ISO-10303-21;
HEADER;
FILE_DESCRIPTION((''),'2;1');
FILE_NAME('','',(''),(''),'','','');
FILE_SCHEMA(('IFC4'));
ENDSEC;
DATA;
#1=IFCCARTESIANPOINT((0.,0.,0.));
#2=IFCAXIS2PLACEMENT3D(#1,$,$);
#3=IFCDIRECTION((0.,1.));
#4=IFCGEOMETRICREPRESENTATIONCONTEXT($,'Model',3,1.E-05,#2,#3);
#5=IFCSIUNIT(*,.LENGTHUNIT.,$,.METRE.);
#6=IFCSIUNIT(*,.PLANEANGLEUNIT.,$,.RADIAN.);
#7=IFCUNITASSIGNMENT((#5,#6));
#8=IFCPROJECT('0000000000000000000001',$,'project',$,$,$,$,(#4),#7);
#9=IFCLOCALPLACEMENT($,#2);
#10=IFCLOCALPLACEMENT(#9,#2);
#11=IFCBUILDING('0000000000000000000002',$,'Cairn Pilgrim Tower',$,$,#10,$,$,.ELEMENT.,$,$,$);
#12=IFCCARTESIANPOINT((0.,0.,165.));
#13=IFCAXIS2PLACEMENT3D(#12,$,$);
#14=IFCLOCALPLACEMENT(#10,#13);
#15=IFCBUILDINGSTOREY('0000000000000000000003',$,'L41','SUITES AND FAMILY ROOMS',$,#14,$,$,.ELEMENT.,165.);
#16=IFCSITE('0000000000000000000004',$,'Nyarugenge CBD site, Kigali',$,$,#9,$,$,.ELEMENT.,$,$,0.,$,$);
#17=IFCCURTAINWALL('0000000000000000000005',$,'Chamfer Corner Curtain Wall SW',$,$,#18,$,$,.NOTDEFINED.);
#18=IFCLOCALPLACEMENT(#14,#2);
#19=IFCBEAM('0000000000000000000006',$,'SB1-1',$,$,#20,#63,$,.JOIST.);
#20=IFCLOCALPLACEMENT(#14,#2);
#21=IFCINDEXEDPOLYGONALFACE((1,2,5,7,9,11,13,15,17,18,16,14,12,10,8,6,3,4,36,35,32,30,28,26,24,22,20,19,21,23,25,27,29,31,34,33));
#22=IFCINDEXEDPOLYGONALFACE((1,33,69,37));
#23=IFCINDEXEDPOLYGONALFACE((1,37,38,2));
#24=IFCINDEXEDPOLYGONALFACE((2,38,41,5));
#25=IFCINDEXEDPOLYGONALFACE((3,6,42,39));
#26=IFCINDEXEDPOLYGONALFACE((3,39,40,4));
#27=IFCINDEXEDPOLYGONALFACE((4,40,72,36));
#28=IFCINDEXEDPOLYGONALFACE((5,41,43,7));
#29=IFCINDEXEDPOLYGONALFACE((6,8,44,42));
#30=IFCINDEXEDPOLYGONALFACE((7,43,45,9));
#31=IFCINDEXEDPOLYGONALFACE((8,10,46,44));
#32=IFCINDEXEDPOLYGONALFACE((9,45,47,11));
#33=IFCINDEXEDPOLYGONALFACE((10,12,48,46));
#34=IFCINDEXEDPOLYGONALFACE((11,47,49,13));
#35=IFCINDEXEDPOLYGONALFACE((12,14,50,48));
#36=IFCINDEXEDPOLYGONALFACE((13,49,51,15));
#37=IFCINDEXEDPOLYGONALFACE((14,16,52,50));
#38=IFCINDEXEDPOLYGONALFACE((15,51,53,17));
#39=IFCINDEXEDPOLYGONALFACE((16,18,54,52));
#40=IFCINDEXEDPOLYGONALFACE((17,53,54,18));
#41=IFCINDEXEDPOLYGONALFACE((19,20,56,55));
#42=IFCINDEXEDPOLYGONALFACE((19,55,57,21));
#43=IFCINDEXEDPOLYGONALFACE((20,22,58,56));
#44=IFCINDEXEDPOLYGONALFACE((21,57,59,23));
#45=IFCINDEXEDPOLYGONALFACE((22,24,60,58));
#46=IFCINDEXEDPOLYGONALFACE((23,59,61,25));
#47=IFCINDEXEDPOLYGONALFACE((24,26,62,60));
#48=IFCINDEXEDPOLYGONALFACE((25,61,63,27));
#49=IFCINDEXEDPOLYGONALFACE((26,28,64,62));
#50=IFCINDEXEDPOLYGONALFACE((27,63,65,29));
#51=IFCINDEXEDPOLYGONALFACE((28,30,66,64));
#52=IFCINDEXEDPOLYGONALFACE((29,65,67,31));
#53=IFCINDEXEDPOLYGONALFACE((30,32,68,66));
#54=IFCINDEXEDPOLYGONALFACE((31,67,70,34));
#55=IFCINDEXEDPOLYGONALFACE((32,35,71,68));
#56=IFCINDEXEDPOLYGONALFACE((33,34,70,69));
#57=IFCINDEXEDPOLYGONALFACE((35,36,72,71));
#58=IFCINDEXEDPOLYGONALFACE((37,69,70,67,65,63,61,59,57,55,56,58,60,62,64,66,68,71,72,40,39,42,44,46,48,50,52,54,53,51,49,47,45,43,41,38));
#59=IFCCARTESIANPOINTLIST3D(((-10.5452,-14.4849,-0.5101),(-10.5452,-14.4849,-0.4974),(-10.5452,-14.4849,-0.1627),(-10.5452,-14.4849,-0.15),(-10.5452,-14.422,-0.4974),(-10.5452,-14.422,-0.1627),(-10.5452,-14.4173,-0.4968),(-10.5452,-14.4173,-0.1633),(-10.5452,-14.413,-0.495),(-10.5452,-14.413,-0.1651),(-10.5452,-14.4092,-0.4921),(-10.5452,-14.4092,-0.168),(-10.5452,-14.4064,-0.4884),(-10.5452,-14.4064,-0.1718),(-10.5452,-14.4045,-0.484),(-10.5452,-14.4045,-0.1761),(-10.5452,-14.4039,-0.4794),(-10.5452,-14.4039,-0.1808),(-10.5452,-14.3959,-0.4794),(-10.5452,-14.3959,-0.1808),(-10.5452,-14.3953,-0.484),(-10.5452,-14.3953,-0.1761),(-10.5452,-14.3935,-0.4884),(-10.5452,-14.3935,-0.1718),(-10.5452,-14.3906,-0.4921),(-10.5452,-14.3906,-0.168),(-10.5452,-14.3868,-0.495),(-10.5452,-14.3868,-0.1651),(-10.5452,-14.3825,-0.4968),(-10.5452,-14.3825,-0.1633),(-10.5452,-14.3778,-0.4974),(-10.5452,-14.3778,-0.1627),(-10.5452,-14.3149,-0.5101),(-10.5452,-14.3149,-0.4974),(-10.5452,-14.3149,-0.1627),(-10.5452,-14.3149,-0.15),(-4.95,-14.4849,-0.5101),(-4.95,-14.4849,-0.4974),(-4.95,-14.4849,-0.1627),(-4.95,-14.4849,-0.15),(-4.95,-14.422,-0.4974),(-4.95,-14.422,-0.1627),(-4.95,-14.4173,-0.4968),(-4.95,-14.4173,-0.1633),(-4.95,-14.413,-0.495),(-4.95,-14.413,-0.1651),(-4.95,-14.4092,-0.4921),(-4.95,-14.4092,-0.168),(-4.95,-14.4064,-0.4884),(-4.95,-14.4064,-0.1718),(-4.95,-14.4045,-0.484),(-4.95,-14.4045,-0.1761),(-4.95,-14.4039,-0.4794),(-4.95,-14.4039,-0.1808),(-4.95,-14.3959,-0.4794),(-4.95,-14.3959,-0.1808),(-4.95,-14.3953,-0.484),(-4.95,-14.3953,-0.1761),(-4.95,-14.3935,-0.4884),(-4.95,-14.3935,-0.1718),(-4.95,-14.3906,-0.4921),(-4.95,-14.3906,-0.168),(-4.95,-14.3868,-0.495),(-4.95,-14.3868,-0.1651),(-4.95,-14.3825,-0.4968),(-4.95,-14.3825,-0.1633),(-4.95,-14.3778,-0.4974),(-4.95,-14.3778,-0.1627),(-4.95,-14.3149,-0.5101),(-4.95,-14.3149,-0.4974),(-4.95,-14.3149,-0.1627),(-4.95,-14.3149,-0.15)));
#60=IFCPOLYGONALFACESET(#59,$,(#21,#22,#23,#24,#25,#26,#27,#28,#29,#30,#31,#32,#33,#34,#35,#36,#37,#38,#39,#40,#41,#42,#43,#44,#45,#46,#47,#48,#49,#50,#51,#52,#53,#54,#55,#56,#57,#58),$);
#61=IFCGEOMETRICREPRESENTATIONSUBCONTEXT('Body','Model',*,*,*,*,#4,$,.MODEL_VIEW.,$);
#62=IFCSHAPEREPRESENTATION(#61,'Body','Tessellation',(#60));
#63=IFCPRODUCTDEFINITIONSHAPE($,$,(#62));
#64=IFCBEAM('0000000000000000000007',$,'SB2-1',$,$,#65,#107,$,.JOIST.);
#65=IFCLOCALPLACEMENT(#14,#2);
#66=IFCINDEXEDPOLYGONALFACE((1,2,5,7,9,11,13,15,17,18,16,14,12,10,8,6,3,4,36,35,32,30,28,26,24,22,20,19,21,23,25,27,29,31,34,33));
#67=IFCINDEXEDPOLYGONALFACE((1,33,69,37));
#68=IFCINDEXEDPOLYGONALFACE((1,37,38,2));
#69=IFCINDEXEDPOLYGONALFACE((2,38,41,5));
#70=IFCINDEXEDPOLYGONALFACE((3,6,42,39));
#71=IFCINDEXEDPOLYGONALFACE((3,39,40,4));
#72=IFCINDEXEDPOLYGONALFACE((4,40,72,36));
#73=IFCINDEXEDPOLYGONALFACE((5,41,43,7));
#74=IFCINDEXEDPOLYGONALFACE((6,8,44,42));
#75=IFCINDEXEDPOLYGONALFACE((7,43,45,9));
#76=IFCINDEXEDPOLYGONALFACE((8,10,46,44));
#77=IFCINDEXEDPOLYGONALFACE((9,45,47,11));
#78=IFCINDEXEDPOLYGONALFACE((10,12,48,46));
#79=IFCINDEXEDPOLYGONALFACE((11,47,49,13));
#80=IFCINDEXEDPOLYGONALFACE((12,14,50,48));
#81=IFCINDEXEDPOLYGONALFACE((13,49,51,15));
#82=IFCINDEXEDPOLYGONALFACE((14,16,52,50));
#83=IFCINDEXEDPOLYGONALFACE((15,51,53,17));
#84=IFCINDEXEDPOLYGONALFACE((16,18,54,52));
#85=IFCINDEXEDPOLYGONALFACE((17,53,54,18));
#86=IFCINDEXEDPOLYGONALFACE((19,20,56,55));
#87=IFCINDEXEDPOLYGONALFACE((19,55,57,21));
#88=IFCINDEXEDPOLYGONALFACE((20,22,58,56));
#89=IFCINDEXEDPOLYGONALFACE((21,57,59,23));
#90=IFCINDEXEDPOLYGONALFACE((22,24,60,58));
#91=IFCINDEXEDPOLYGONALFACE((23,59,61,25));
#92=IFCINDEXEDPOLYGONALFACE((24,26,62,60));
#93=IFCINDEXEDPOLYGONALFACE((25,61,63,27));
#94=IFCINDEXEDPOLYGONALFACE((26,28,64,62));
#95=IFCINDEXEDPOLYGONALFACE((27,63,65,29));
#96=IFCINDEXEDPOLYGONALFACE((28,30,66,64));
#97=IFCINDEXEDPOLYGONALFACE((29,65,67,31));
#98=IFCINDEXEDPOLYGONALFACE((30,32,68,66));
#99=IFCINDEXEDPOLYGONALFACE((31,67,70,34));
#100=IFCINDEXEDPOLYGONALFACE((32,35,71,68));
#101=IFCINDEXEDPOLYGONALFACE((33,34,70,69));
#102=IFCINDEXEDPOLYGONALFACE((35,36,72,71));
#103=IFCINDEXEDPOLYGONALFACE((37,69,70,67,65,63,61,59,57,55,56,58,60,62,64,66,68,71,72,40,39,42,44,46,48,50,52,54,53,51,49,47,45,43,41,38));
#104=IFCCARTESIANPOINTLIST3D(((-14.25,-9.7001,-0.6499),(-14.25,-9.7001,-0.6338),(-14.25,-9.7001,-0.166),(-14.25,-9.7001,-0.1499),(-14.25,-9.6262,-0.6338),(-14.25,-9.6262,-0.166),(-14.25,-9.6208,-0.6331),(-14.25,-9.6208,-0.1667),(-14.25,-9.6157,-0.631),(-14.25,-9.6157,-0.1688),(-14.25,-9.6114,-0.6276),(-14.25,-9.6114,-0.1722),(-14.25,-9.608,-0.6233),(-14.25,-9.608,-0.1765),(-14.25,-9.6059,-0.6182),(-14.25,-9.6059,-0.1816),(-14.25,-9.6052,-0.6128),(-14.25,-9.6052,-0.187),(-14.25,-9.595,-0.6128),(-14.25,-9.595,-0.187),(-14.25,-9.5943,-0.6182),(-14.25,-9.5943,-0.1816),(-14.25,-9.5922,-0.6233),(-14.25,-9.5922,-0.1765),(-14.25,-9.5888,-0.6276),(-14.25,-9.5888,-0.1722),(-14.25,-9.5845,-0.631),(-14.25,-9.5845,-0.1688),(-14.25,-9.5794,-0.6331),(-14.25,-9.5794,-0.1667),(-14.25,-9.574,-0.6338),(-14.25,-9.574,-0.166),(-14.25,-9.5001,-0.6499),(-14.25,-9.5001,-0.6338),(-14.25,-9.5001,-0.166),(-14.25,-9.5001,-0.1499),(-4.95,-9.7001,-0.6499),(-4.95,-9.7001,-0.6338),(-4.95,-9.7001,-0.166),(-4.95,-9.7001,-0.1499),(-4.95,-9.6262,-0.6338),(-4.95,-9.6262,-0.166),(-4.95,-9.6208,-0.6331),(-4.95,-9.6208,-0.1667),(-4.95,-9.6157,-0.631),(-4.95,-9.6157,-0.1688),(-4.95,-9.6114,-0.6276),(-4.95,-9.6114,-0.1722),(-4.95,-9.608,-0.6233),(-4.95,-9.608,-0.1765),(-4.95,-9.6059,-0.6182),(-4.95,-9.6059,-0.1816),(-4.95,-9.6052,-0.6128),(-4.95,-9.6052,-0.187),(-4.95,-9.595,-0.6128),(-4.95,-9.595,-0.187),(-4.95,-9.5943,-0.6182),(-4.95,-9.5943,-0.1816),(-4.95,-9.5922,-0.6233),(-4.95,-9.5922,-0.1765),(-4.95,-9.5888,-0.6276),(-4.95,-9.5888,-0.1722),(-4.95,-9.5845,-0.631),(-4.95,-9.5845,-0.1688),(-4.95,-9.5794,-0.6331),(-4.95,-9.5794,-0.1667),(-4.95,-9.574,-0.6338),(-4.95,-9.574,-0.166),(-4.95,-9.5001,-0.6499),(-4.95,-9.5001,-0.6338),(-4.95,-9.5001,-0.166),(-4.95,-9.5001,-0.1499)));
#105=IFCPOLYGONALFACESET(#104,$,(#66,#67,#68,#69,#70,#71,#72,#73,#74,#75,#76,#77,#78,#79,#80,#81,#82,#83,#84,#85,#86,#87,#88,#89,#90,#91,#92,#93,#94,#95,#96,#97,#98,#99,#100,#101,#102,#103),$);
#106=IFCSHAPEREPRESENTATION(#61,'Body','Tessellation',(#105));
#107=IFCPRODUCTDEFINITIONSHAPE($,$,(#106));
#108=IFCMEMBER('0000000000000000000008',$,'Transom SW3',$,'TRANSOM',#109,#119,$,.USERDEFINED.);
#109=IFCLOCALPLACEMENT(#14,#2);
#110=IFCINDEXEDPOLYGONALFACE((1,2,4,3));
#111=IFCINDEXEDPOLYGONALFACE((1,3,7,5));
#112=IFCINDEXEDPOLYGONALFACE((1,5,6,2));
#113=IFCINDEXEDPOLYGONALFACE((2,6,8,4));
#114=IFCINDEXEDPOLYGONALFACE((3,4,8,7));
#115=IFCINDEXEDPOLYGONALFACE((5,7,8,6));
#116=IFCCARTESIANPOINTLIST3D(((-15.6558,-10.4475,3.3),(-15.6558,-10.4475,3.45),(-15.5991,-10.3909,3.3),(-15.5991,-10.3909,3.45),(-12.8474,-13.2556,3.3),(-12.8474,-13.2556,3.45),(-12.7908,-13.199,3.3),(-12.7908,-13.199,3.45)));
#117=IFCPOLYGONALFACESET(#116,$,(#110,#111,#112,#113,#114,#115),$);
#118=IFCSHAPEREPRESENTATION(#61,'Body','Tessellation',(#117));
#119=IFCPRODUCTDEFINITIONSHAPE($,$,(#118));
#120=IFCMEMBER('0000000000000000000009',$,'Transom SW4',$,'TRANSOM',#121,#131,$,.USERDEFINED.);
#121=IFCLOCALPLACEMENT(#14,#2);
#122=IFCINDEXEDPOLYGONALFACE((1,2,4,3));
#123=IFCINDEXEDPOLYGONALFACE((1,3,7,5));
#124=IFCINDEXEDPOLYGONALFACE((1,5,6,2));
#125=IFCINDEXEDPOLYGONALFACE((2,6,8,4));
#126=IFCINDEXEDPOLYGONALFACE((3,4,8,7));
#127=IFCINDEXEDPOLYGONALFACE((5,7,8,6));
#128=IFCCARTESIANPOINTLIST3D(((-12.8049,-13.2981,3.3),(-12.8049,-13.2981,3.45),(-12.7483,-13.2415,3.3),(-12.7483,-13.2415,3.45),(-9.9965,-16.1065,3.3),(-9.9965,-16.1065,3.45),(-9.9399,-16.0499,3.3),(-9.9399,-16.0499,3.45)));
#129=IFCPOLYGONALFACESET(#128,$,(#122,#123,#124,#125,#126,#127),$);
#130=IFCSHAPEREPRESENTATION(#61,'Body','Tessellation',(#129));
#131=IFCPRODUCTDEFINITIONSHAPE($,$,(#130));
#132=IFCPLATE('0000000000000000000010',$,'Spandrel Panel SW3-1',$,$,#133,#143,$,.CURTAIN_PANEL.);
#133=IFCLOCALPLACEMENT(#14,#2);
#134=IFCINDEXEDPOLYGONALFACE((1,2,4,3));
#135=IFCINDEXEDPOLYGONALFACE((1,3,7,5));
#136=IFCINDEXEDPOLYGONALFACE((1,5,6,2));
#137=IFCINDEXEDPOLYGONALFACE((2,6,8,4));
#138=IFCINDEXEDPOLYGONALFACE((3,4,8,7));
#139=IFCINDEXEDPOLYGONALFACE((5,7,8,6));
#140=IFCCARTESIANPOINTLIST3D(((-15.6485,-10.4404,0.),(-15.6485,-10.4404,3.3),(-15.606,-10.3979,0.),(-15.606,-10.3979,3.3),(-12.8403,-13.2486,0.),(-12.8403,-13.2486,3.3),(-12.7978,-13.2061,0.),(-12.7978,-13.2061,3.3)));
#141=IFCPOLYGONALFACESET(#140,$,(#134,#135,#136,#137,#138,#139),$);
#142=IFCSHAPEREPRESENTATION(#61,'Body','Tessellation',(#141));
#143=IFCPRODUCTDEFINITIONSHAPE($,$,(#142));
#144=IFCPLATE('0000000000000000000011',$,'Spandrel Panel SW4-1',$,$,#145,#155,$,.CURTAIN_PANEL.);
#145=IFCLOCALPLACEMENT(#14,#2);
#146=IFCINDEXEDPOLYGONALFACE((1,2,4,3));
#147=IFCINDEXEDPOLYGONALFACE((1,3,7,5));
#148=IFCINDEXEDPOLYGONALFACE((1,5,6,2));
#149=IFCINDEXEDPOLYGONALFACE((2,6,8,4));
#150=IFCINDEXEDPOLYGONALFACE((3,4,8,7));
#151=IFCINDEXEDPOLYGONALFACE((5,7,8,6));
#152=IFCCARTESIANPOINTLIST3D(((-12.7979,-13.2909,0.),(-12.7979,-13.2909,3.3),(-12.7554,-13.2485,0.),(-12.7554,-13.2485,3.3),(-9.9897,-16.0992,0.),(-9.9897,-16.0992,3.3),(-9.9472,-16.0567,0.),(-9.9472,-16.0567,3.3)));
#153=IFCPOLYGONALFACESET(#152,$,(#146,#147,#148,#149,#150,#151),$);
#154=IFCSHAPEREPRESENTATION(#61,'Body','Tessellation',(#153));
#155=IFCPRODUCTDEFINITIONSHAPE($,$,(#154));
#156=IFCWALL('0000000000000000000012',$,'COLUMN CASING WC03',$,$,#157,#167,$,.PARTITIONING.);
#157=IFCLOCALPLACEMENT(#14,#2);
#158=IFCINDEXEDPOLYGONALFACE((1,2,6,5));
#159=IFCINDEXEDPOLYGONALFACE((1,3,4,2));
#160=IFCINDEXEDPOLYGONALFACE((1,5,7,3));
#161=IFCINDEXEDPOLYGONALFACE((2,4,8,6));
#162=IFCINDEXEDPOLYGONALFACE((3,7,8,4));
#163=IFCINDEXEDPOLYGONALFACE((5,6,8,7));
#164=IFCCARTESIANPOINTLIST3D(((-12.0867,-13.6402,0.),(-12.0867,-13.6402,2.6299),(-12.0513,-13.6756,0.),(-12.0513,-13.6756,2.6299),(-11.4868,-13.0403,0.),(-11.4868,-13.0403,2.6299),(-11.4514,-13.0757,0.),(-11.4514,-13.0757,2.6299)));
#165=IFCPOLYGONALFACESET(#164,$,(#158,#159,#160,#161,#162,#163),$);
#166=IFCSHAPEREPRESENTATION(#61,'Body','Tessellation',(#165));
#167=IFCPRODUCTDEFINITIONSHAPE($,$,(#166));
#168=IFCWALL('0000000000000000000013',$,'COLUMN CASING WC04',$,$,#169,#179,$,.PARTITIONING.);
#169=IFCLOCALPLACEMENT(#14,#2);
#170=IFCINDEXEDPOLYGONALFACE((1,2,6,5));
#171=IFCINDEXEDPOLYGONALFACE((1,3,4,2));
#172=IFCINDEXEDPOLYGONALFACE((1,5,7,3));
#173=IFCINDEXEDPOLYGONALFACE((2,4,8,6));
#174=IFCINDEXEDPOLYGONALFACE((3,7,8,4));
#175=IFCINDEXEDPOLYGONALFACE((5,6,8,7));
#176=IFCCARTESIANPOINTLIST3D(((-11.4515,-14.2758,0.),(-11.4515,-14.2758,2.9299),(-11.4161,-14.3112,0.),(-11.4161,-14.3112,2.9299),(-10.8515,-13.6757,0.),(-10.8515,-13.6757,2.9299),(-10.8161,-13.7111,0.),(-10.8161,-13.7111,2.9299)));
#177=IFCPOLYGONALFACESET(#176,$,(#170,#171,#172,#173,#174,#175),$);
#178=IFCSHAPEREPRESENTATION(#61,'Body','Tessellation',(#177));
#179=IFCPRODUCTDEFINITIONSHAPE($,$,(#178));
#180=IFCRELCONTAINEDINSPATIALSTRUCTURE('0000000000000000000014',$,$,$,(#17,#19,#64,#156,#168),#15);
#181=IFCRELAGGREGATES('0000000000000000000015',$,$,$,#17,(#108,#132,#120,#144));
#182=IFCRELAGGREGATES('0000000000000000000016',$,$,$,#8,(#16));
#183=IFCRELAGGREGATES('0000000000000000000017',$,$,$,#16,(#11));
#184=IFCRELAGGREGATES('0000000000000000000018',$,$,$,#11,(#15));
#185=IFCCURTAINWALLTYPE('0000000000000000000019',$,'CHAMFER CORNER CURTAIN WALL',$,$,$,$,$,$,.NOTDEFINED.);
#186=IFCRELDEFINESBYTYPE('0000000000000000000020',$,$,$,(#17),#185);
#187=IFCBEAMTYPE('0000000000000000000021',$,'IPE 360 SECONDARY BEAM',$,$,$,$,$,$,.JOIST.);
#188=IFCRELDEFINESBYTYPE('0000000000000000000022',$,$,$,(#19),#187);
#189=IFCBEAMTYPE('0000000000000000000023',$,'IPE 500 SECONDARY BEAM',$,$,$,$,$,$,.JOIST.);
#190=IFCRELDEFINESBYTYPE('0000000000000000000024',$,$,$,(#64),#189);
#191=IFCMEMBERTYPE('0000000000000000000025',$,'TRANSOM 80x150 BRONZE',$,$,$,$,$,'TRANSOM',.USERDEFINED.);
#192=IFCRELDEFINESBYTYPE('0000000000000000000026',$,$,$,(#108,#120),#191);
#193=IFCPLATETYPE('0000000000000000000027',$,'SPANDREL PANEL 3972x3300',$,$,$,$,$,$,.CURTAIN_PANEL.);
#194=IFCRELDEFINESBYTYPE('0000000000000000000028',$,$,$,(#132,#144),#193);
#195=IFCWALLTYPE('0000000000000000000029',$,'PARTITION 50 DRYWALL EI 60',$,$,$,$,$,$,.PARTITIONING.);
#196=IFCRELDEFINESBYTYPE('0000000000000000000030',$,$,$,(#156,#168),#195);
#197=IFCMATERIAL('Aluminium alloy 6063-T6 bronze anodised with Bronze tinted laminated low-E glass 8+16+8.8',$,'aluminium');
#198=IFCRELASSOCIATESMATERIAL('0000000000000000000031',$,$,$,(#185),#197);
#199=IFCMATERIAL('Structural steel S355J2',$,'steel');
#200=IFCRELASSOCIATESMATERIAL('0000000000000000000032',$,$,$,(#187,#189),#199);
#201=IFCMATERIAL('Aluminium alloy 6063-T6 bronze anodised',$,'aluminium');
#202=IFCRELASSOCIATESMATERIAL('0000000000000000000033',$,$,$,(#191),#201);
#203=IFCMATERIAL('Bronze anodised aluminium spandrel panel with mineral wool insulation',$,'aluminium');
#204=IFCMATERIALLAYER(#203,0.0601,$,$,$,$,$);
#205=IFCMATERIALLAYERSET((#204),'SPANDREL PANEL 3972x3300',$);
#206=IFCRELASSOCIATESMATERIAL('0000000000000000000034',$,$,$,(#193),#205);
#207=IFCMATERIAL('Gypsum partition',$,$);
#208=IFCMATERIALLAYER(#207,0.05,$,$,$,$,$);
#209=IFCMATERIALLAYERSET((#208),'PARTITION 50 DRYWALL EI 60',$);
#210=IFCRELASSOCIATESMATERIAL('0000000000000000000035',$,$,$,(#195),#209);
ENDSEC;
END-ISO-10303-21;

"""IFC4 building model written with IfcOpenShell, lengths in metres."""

from ifc_helpers import new_model, si_unit, direction, frame, frame_2d, origin, origin_2d, place, context, subcontext, project, spatial, rectangle, i_section, extrude, material, layer, layer_set, material_profile, profile_set, type_object, element, aggregate, save


model = new_model("IFC4")

# Units and contexts
model_context = context("Model", 3, precision=1e-05, world=origin(), true_north=direction((0.0, 1.0)))
body_context = subcontext(model_context, "Body", "Model", "MODEL_VIEW")
ifc_project = project(units=[si_unit("LENGTHUNIT", "METRE"), si_unit("PLANEANGLEUNIT", "RADIAN")], contexts=[model_context])

# Site, building, storey
site_placement = place(None, origin())
site = spatial("IfcSite", under=ifc_project, at=site_placement, Name="Nyarugenge CBD site, Kigali", CompositionType="ELEMENT", RefElevation=0.0)
building_placement = place(site_placement, origin())
building = spatial("IfcBuilding", under=site, at=building_placement, Name="Cairn Pilgrim Tower", CompositionType="ELEMENT")
storey_placement = place(building_placement, frame((0.0, 0.0, 165.0)))
storey = spatial("IfcBuildingStorey", under=building, at=storey_placement, Name="L41", Description="SUITES AND FAMILY ROOMS", CompositionType="ELEMENT", Elevation=165.0)

# Shared definitions
ifc_material_1 = material(Name="Structural steel S355J2", Category="steel")

# Shared definitions
ifc_material_2 = material(Name="Aluminium alloy 6063-T6 bronze anodised with Bronze tinted laminated low-E glass 8+16+8.8", Category="aluminium")
ifc_material_3 = material(Name="Aluminium alloy 6063-T6 bronze anodised", Category="aluminium")

# Curtain wall
curtain_wall_type_1 = type_object("IfcCurtainWallType", Name="CHAMFER CORNER CURTAIN WALL", PredefinedType="NOTDEFINED", material=ifc_material_2)
curtain_wall_1_placement = place(storey_placement, origin())
curtain_wall_1 = element("IfcCurtainWall", 1, at=curtain_wall_1_placement, inside=storey, type_object=curtain_wall_type_1, Name="Chamfer Corner Curtain Wall SW", PredefinedType="NOTDEFINED")

# Beams
ifc_material_profile_1 = material_profile(ifc_material_1, i_section(OverallWidth=0.1699, OverallDepth=0.3601, WebThickness=0.0081, FlangeThickness=0.0127, FilletRadius=0.0181, at=origin_2d()), Name="IPE 360")
ifc_profile_set_1 = profile_set([ifc_material_profile_1], Name="Structural steel S355J2")
beam_type_1 = type_object("IfcBeamType", Name="IPE 360 SECONDARY BEAM", PredefinedType="JOIST", material=ifc_profile_set_1)
beam_1_placement = place(storey_placement, frame((-10.5452, -14.3999, -0.3301), z_axis=(1.0, 0.0, 0.0), x_axis=(0.0, 1.0, 0.0)))
element("IfcBeam", 2, at=beam_1_placement, inside=storey, type_object=beam_type_1, Name="SB1-1", PredefinedType="JOIST", context=body_context, shape_type="SweptSolid", body=[
    extrude(i_section(OverallWidth=0.1699, OverallDepth=0.3601, WebThickness=0.0081, FlangeThickness=0.0127, FilletRadius=0.0181, at=origin_2d()), origin(), (0.0, 0.0, 1.0), 5.5952),
])
ifc_material_profile_2 = material_profile(ifc_material_1, i_section(OverallWidth=0.2, OverallDepth=0.5, WebThickness=0.0103, FlangeThickness=0.0161, FilletRadius=0.021, at=origin_2d()), Name="IPE 500")
ifc_profile_set_2 = profile_set([ifc_material_profile_2], Name="Structural steel S355J2")
beam_type_2 = type_object("IfcBeamType", Name="IPE 500 SECONDARY BEAM", PredefinedType="JOIST", material=ifc_profile_set_2)
beam_2_placement = place(storey_placement, frame((-14.25, -9.6001, -0.3999), z_axis=(1.0, 0.0, 0.0), x_axis=(0.0, 1.0, 0.0)))
element("IfcBeam", 3, at=beam_2_placement, inside=storey, type_object=beam_type_2, Name="SB2-1", PredefinedType="JOIST", context=body_context, shape_type="SweptSolid", body=[
    extrude(i_section(OverallWidth=0.2, OverallDepth=0.5, WebThickness=0.0103, FlangeThickness=0.0161, FilletRadius=0.021, at=origin_2d()), origin(), (0.0, 0.0, 1.0), 9.3),
])

# Members
ifc_material_profile_3 = material_profile(ifc_material_3, rectangle(XDim=0.0801, YDim=0.1499, at=origin_2d()), Name="TRANSOM 80x150 BRONZE")
ifc_profile_set_3 = profile_set([ifc_material_profile_3], Name="Aluminium alloy 6063-T6 bronze anodised")
member_type_1 = type_object("IfcMemberType", Name="TRANSOM 80x150 BRONZE", ElementType="TRANSOM", PredefinedType="USERDEFINED", material=ifc_profile_set_3)
member_1_placement = place(storey_placement, frame((-15.6274, -10.4192, 3.375), z_axis=(0.707138, -0.707076, 0.0), x_axis=(0.707076, 0.707138, 0.0)))
member_1 = element("IfcMember", 4, at=member_1_placement, type_object=member_type_1, Name="Transom SW3", ObjectType="TRANSOM", PredefinedType="USERDEFINED", context=body_context, shape_type="SweptSolid", body=[
    extrude(rectangle(XDim=0.0801, YDim=0.1499, at=origin_2d()), origin(), (0.0, 0.0, 1.0), 3.9714),
])
member_2_placement = place(storey_placement, frame((-12.7766, -13.2698, 3.375), z_axis=(0.707107, -0.707107, 0.0), x_axis=(0.707107, 0.707107, 0.0)))
member_2 = element("IfcMember", 5, at=member_2_placement, type_object=member_type_1, Name="Transom SW4", ObjectType="TRANSOM", PredefinedType="USERDEFINED", context=body_context, shape_type="SweptSolid", body=[
    extrude(rectangle(XDim=0.0801, YDim=0.1499, at=origin_2d()), origin(), (0.0, 0.0, 1.0), 3.9717),
])

# Plates
ifc_material_4 = material(Name="Bronze anodised aluminium spandrel panel with mineral wool insulation", Category="aluminium")
ifc_layer_1 = layer(ifc_material_4, 0.0601)
ifc_layer_set_1 = layer_set([ifc_layer_1], Name="SPANDREL PANEL 3972x3300")
plate_type = type_object("IfcPlateType", Name="SPANDREL PANEL 3972x3300", PredefinedType="CURTAIN_PANEL", material=ifc_layer_set_1)
plate_1_placement = place(storey_placement, frame((-14.2231, -11.8232, 0.0), z_axis=(0.0, 0.0, 1.0), x_axis=(0.707107, -0.707107, 0.0)))
plate_1 = element("IfcPlate", 6, at=plate_1_placement, type_object=plate_type, Name="Spandrel Panel SW3-1", PredefinedType="CURTAIN_PANEL", context=body_context, shape_type="SweptSolid", body=[
    extrude(rectangle(XDim=3.9714, YDim=0.0601, at=origin_2d()), origin(), (0.0, 0.0, 1.0), 3.3),
])
plate_2_placement = place(storey_placement, frame((-11.3726, -14.6738, 0.0), z_axis=(0.0, 0.0, 1.0), x_axis=(0.707107, -0.707107, 0.0)))
plate_2 = element("IfcPlate", 7, at=plate_2_placement, type_object=plate_type, Name="Spandrel Panel SW4-1", PredefinedType="CURTAIN_PANEL", context=body_context, shape_type="SweptSolid", body=[
    extrude(rectangle(XDim=3.9714, YDim=0.0601, at=origin_2d()), origin(), (0.0, 0.0, 1.0), 3.3),
])
aggregate(curtain_wall_1, [member_1, plate_1, member_2, plate_2])

# Walls
ifc_material_5 = material(Name="Gypsum partition")
ifc_layer_2 = layer(ifc_material_5, 0.05)
ifc_layer_set_2 = layer_set([ifc_layer_2], Name="PARTITION 50 DRYWALL EI 60")
wall_type_1 = type_object("IfcWallType", Name="PARTITION 50 DRYWALL EI 60", PredefinedType="PARTITIONING", material=ifc_layer_set_2)
wall_1_placement = place(storey_placement, frame((-12.0691, -13.658, 0.0), z_axis=(0.0, 0.0, 1.0), x_axis=(0.707107, 0.707107, 0.0)))
element("IfcWall", 8, at=wall_1_placement, inside=storey, type_object=wall_type_1, Name="COLUMN CASING WC03", PredefinedType="PARTITIONING", context=body_context, shape_type="SweptSolid", body=[
    extrude(rectangle(XDim=0.8484, YDim=0.05, at=frame_2d((0.4243, 0.0))), origin(), (0.0, 0.0, 1.0), 2.6299),
])
wall_2_placement = place(storey_placement, frame((-11.4338, -14.2935, 0.0), z_axis=(0.0, 0.0, 1.0), x_axis=(0.707107, 0.707107, 0.0)))
element("IfcWall", 9, at=wall_2_placement, inside=storey, type_object=wall_type_1, Name="COLUMN CASING WC04", PredefinedType="PARTITIONING", context=body_context, shape_type="SweptSolid", body=[
    extrude(rectangle(XDim=0.8486, YDim=0.05, at=frame_2d((0.4243, 0.0))), origin(), (0.0, 0.0, 1.0), 2.9299),
])

save(model, "model.ifc")
